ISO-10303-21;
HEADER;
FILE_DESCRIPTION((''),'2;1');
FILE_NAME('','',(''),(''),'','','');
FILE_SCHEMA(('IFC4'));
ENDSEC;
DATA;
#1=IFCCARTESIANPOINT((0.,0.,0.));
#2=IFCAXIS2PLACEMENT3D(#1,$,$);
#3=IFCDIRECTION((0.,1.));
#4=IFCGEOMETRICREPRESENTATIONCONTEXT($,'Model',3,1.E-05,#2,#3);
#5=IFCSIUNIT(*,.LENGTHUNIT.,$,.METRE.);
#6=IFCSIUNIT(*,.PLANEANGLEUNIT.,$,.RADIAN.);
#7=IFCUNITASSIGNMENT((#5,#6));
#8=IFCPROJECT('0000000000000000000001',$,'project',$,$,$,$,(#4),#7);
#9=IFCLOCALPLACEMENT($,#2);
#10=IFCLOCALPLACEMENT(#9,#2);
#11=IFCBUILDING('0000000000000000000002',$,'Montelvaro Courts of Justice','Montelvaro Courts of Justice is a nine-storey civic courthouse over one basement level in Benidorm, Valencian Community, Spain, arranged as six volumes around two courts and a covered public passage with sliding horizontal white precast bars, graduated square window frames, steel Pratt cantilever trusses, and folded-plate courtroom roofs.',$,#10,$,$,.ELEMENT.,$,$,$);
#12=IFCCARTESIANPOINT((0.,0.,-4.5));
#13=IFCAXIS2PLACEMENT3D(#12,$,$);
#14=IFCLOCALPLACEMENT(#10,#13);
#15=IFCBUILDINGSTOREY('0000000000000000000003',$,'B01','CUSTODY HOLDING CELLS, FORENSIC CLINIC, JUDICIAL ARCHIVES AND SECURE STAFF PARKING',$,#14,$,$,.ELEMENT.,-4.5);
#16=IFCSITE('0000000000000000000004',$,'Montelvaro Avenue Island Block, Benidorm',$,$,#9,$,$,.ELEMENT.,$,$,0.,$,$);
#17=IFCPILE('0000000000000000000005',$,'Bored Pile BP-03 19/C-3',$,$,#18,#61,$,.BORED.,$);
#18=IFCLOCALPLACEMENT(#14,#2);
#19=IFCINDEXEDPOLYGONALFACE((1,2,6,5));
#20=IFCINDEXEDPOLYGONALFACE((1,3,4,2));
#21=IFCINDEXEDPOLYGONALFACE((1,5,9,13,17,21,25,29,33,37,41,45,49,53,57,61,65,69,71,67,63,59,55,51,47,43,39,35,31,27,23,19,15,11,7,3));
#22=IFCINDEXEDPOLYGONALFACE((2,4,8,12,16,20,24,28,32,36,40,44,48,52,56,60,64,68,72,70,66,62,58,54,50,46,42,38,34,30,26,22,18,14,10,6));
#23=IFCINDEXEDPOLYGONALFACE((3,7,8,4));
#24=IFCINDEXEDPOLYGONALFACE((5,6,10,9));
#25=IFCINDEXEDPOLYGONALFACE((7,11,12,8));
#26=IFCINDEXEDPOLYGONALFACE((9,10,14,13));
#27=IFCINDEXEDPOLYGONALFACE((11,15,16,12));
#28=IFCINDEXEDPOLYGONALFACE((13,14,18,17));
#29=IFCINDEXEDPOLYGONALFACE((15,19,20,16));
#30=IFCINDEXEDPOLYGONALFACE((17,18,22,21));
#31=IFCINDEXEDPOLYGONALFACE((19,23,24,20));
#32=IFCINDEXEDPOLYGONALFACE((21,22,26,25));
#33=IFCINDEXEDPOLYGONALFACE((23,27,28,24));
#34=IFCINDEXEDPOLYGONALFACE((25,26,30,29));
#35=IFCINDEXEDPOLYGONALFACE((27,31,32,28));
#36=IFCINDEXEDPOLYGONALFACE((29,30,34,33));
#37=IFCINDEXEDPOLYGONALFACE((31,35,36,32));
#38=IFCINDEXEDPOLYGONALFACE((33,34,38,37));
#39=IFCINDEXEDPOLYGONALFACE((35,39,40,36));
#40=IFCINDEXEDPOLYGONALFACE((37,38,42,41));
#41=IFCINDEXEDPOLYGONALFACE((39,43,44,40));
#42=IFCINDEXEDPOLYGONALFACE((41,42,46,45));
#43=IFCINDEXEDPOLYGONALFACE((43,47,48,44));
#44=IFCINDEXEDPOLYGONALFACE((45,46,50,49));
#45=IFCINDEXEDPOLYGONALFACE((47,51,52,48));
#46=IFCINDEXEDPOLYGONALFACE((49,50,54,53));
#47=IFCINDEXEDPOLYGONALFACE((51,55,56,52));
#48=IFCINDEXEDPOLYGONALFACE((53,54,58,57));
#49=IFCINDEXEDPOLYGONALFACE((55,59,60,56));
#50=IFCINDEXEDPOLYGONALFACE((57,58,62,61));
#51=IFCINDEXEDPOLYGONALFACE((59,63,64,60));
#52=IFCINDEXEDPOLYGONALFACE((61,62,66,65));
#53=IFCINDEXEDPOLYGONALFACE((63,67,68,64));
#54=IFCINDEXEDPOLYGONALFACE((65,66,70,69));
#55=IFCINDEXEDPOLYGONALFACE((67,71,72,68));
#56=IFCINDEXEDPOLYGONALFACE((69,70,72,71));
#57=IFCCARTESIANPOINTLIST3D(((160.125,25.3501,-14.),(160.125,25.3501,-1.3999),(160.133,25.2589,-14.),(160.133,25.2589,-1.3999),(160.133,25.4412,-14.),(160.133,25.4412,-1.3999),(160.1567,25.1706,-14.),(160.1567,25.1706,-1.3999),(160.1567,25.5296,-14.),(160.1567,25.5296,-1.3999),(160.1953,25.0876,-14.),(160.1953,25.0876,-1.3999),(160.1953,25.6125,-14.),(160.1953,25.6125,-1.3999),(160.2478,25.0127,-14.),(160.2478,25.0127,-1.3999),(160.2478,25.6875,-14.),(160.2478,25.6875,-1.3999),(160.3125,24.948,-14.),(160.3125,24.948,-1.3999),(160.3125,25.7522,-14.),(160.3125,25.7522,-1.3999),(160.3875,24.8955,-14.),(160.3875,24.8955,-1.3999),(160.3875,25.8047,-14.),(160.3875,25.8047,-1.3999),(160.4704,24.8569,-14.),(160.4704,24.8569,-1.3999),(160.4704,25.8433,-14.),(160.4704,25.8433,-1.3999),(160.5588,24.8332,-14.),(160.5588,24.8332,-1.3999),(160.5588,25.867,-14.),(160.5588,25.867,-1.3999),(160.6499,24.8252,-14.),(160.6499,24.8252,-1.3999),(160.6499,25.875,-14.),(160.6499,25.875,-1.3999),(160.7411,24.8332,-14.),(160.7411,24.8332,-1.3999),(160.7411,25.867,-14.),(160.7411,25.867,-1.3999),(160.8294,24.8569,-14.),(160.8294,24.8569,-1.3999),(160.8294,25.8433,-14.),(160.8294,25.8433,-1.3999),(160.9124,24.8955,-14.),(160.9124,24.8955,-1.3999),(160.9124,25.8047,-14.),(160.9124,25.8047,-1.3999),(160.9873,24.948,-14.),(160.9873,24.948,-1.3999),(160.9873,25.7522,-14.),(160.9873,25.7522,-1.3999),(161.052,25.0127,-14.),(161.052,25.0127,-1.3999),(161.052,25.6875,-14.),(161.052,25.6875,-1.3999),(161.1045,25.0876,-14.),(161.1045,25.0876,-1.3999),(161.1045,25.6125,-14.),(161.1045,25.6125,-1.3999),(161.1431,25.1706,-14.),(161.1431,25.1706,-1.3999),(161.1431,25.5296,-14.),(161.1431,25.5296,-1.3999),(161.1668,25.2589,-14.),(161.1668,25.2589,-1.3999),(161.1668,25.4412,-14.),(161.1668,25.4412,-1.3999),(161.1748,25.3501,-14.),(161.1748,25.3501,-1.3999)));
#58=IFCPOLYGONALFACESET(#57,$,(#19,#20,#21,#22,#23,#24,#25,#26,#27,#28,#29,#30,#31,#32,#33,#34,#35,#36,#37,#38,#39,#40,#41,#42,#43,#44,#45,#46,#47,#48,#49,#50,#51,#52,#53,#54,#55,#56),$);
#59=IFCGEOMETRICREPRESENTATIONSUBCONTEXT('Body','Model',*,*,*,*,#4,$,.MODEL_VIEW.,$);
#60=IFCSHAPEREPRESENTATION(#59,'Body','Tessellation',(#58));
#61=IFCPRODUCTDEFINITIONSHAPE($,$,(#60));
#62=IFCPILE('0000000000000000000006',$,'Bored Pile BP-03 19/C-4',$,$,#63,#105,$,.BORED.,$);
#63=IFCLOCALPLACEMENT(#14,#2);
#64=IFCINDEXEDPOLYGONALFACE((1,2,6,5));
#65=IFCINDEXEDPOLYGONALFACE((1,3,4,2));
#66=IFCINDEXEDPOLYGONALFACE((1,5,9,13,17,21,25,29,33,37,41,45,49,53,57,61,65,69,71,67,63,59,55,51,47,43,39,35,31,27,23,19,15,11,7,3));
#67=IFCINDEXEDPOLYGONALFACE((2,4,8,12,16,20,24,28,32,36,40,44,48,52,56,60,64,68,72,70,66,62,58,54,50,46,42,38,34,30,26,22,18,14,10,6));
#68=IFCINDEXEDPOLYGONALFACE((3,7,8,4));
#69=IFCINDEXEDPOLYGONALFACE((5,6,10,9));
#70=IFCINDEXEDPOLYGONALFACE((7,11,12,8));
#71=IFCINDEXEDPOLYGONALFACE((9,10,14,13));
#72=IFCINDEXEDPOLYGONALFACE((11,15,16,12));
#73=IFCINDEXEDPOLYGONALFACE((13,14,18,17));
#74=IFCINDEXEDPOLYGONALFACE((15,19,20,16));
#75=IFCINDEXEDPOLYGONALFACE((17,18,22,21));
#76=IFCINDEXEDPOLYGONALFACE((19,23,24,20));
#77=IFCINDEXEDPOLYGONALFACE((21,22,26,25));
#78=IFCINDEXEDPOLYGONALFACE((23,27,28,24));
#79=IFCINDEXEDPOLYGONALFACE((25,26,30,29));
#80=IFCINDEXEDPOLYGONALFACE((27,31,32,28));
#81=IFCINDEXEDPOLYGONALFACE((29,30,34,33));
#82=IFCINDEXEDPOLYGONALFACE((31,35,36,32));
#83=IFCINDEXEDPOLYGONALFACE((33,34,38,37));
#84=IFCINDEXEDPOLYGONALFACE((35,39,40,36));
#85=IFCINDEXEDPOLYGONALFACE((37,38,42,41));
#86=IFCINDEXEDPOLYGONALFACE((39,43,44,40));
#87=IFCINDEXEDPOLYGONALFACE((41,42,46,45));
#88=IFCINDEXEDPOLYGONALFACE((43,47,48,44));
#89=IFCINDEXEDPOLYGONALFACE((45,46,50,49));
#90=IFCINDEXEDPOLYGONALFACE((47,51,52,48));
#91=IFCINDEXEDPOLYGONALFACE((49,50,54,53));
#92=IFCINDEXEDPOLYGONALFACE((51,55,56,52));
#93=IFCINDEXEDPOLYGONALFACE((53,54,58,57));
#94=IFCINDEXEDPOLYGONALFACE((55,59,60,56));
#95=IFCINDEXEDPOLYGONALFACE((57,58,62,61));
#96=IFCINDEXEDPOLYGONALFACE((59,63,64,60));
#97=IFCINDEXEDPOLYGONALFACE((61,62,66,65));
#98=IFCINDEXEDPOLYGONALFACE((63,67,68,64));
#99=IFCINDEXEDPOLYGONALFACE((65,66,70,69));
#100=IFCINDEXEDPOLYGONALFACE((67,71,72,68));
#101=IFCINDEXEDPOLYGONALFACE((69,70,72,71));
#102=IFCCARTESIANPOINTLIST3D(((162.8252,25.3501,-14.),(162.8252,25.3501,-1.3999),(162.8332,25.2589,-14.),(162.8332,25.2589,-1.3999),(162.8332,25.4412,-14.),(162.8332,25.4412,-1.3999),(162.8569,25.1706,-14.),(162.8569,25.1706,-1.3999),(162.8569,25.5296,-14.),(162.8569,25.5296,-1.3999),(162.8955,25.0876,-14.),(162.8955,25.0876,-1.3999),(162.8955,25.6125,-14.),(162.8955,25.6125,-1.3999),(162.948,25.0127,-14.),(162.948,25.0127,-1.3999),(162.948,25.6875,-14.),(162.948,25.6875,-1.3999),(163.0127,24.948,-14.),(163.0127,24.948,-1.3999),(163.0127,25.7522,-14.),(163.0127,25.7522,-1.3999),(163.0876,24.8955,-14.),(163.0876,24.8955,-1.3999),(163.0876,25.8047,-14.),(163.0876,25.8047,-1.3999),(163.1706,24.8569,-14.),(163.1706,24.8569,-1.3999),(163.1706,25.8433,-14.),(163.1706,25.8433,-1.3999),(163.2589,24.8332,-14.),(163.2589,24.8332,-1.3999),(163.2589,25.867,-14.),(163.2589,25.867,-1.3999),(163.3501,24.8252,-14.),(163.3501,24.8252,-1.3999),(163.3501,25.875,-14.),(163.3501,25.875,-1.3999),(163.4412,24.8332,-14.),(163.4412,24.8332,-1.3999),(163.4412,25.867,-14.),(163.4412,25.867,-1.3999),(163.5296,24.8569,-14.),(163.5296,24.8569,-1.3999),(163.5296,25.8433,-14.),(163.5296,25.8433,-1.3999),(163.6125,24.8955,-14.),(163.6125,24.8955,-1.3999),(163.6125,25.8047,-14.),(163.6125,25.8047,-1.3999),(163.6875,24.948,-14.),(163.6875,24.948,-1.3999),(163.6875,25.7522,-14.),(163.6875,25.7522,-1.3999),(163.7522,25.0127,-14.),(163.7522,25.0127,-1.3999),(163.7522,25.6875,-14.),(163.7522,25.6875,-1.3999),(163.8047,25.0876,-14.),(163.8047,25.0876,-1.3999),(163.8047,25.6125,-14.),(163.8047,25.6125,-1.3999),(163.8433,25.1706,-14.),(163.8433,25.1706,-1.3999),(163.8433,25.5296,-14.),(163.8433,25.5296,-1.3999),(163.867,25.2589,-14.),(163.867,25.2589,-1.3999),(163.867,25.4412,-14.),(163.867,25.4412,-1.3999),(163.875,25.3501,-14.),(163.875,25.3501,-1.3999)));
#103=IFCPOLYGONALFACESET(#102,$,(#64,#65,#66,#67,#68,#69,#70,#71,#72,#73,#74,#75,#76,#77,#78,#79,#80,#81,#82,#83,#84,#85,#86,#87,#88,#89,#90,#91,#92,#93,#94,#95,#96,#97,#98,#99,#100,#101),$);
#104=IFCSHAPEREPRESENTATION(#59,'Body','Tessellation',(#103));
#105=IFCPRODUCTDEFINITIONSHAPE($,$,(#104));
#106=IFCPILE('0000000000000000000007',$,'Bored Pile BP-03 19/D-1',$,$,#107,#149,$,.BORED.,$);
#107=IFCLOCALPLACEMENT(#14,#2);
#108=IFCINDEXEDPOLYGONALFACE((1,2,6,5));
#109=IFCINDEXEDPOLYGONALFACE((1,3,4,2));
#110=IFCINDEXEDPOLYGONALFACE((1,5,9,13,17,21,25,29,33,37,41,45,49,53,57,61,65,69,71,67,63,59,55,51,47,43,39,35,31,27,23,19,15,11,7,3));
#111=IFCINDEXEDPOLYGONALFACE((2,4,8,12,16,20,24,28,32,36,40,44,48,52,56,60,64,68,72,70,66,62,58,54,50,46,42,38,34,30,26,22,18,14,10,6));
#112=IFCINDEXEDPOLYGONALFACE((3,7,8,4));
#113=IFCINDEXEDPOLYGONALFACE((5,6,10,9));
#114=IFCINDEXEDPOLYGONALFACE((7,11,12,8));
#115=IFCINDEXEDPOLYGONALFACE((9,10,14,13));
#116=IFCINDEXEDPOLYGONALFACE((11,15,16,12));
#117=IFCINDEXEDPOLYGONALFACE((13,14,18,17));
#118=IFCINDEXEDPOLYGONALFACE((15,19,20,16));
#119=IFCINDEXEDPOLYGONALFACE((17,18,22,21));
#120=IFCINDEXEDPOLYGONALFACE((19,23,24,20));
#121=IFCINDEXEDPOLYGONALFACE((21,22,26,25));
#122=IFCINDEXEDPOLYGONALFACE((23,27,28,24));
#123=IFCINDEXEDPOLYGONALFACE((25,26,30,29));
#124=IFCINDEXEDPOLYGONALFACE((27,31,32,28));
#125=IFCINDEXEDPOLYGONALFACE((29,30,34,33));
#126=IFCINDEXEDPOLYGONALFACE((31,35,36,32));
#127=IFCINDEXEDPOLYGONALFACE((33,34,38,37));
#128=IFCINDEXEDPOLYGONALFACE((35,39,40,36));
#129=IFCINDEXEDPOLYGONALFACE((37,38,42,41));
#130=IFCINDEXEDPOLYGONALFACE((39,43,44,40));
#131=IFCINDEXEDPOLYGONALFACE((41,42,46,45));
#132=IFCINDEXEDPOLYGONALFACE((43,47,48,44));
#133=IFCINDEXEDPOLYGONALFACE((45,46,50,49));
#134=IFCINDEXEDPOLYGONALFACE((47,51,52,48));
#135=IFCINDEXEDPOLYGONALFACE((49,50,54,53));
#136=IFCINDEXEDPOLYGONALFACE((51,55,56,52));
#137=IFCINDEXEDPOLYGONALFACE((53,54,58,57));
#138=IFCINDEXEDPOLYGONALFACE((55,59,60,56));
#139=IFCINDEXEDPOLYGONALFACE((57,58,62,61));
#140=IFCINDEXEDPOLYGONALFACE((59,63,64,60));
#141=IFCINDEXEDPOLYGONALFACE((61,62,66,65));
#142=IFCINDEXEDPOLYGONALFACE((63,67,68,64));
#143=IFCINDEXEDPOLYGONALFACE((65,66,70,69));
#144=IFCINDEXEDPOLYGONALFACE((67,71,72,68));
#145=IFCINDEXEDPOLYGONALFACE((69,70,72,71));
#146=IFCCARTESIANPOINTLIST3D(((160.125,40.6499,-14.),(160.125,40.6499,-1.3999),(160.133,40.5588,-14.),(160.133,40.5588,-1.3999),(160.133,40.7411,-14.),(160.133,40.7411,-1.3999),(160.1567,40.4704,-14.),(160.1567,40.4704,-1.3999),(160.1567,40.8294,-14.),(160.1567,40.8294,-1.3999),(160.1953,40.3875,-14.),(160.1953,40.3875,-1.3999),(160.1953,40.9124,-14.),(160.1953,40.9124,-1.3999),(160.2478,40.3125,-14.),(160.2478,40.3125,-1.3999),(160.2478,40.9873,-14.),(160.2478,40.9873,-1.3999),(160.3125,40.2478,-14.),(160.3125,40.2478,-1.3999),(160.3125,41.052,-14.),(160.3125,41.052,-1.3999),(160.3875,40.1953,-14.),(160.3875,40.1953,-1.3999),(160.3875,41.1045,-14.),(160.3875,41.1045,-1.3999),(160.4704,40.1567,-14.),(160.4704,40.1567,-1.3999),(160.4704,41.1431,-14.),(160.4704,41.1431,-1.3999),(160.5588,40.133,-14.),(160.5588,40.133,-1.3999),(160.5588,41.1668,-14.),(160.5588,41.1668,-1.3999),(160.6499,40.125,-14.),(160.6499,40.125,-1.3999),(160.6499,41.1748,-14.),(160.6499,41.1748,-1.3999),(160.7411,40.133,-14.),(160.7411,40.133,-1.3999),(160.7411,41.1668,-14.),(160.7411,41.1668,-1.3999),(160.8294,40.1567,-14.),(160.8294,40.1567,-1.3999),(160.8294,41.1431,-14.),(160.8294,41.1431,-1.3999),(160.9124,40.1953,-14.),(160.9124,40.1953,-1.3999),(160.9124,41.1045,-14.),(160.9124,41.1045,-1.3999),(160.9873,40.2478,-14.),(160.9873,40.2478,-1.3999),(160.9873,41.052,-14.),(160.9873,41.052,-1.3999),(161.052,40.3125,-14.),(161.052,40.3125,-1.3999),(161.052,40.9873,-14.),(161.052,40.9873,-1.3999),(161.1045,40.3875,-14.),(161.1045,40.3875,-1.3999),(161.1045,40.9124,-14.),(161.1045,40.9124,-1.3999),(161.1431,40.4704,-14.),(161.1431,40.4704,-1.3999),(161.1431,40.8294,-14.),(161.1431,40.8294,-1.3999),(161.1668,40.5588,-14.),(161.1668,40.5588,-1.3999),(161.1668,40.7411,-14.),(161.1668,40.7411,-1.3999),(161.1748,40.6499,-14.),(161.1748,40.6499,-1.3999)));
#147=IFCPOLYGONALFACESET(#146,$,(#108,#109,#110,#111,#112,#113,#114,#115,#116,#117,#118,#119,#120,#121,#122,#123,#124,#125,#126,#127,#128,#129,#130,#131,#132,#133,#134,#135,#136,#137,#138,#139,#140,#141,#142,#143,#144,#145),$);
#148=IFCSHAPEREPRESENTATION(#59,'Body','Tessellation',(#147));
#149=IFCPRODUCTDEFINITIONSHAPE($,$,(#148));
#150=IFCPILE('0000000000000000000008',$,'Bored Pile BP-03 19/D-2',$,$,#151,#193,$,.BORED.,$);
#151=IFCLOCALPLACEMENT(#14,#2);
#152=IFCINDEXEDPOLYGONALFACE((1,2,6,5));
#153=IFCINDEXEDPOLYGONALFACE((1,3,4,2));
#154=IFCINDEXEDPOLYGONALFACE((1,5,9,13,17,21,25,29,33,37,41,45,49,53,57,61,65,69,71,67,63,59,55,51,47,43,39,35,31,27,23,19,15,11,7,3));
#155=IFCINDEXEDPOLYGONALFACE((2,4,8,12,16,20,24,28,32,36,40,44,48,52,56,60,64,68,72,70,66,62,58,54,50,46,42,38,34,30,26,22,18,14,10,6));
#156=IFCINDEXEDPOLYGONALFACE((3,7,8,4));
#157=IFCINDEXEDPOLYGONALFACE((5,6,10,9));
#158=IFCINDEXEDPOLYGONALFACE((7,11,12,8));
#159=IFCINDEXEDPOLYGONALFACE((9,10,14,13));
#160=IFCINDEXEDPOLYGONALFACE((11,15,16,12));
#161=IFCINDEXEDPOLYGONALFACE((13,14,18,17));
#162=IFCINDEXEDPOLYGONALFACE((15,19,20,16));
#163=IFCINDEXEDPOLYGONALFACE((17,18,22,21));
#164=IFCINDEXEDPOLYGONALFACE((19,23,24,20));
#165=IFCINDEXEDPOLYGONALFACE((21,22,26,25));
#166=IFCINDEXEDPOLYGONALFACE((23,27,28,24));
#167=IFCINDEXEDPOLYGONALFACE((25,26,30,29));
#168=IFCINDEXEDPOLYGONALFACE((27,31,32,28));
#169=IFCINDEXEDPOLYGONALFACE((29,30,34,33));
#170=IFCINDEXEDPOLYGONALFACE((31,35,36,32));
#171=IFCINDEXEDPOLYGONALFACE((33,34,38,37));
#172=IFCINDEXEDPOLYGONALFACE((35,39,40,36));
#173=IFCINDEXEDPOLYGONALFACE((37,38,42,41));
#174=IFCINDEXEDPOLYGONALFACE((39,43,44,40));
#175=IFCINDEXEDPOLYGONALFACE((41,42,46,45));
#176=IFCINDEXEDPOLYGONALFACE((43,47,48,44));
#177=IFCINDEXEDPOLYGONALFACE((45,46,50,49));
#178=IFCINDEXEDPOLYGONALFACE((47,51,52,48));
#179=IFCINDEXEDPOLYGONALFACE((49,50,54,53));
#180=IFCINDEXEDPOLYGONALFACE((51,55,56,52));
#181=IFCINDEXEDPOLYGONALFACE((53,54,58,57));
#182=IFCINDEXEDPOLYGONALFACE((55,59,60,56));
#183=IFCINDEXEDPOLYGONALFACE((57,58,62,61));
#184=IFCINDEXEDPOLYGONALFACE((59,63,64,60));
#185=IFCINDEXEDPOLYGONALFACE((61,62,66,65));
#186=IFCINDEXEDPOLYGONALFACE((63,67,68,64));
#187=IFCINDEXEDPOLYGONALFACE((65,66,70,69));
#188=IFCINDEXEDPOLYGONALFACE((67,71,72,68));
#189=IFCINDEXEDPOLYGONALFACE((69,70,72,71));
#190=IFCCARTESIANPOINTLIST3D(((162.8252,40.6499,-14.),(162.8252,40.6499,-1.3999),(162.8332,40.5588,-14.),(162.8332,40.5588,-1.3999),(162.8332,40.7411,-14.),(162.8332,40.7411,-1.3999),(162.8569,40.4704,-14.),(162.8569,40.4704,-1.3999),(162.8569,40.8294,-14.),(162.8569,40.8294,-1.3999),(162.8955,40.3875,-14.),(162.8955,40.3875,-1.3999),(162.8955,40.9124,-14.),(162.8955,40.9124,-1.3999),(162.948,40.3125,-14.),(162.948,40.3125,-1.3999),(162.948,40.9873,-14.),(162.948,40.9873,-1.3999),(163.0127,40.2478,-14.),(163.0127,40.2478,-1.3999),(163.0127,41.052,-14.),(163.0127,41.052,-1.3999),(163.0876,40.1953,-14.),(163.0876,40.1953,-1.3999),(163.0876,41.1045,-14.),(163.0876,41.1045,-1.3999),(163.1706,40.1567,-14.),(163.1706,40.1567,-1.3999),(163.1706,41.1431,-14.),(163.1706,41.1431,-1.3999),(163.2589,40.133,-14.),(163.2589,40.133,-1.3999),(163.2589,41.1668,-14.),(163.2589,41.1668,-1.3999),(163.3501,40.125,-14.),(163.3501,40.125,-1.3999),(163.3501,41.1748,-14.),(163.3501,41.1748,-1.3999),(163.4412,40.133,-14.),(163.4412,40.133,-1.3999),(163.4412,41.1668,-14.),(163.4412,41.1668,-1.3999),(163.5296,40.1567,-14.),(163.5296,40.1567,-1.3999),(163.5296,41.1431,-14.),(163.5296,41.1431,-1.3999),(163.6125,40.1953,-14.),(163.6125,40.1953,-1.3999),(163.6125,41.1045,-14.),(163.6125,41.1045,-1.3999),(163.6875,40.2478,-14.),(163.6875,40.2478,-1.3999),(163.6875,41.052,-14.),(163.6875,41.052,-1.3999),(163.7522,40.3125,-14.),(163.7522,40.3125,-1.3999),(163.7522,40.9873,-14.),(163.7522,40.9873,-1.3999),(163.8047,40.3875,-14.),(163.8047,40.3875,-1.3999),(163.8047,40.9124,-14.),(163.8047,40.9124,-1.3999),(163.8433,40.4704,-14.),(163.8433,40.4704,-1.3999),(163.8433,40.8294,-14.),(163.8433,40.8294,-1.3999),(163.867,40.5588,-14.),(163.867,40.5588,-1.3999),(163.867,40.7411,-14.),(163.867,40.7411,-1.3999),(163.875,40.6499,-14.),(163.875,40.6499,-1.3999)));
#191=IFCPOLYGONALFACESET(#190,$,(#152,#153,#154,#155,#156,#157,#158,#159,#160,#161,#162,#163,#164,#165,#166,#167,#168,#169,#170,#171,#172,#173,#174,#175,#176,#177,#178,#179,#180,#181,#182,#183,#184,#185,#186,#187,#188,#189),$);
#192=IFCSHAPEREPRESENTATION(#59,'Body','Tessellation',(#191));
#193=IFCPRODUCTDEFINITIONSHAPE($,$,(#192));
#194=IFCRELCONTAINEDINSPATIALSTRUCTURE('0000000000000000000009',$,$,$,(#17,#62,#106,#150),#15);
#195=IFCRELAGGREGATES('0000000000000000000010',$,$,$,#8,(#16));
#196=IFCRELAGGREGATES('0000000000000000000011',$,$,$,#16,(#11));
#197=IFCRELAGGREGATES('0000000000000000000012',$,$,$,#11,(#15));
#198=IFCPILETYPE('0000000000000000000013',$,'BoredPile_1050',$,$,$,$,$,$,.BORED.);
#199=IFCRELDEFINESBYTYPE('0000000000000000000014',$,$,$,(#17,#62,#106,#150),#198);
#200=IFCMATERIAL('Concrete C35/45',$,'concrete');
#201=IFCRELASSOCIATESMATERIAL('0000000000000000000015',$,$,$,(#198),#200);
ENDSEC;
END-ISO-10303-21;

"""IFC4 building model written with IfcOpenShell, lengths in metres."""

from ifc_helpers import new_model, si_unit, direction, frame, origin, origin_2d, place, context, subcontext, project, spatial, circle, extrude, material, material_profile, profile_set, type_object, element, save


model = new_model("IFC4")

# Units and contexts
model_context = context("Model", 3, precision=1e-05, world=origin(), true_north=direction((0.0, 1.0)))
body_context = subcontext(model_context, "Body", "Model", "MODEL_VIEW")
ifc_project = project(units=[si_unit("LENGTHUNIT", "METRE"), si_unit("PLANEANGLEUNIT", "RADIAN")], contexts=[model_context])

# Site, building, storey
site_placement = place(None, origin())
site = spatial("IfcSite", under=ifc_project, at=site_placement, Name="Montelvaro Avenue Island Block, Benidorm", CompositionType="ELEMENT", RefElevation=0.0)
building_placement = place(site_placement, origin())
building = spatial("IfcBuilding", under=site, at=building_placement, Name="Montelvaro Courts of Justice", Description="Montelvaro Courts of Justice is a nine-storey civic courthouse over one basement level in Benidorm, Valencian Community, Spain, arranged as six volumes around two courts and a covered public passage with sliding horizontal white precast bars, graduated square window frames, steel Pratt cantilever trusses, and folded-plate courtroom roofs.", CompositionType="ELEMENT")
storey_placement = place(building_placement, frame((0.0, 0.0, -4.5)))
storey = spatial("IfcBuildingStorey", under=building, at=storey_placement, Name="B01", Description="CUSTODY HOLDING CELLS, FORENSIC CLINIC, JUDICIAL ARCHIVES AND SECURE STAFF PARKING", CompositionType="ELEMENT", Elevation=-4.5)

# Piles
ifc_material_1 = material(Name="Concrete C35/45", Category="concrete")
ifc_material_profile_1 = material_profile(ifc_material_1, circle(Radius=0.5249, at=origin_2d()), Name="BORED PILE D1050")
ifc_profile_set_1 = profile_set([ifc_material_profile_1], Name="Concrete C35/45")
pile_type_1 = type_object("IfcPileType", Name="BoredPile_1050", PredefinedType="BORED", material=ifc_profile_set_1)
for number, where, z_axis, x_axis, name in (
    (1, (160.6499, 25.3501, -1.3999), (0.0, 0.0, -1.0), (1.0, 0.0, 0.0), "Bored Pile BP-03 19/C-3"),
    (2, (163.3501, 25.3501, -1.3999), (0.0, 0.0, -1.0), (1.0, 0.0, 0.0), "Bored Pile BP-03 19/C-4"),
    (3, (160.6499, 40.6499, -1.3999), (0.0, 0.0, -1.0), (1.0, 0.0, 0.0), "Bored Pile BP-03 19/D-1"),
    (4, (163.3501, 40.6499, -1.3999), (0.0, 0.0, -1.0), (1.0, 0.0, 0.0), "Bored Pile BP-03 19/D-2"),
):
    element("IfcPile", number, at=place(storey_placement, frame(where, z_axis=z_axis, x_axis=x_axis)), inside=storey, type_object=pile_type_1, Name=name, PredefinedType="BORED", context=body_context, shape_type="SweptSolid", body=[
        extrude(circle(Radius=0.5249, at=origin_2d()), origin(), (0.0, 0.0, 1.0), 12.6001),
    ])

save(model, "model.ifc")
